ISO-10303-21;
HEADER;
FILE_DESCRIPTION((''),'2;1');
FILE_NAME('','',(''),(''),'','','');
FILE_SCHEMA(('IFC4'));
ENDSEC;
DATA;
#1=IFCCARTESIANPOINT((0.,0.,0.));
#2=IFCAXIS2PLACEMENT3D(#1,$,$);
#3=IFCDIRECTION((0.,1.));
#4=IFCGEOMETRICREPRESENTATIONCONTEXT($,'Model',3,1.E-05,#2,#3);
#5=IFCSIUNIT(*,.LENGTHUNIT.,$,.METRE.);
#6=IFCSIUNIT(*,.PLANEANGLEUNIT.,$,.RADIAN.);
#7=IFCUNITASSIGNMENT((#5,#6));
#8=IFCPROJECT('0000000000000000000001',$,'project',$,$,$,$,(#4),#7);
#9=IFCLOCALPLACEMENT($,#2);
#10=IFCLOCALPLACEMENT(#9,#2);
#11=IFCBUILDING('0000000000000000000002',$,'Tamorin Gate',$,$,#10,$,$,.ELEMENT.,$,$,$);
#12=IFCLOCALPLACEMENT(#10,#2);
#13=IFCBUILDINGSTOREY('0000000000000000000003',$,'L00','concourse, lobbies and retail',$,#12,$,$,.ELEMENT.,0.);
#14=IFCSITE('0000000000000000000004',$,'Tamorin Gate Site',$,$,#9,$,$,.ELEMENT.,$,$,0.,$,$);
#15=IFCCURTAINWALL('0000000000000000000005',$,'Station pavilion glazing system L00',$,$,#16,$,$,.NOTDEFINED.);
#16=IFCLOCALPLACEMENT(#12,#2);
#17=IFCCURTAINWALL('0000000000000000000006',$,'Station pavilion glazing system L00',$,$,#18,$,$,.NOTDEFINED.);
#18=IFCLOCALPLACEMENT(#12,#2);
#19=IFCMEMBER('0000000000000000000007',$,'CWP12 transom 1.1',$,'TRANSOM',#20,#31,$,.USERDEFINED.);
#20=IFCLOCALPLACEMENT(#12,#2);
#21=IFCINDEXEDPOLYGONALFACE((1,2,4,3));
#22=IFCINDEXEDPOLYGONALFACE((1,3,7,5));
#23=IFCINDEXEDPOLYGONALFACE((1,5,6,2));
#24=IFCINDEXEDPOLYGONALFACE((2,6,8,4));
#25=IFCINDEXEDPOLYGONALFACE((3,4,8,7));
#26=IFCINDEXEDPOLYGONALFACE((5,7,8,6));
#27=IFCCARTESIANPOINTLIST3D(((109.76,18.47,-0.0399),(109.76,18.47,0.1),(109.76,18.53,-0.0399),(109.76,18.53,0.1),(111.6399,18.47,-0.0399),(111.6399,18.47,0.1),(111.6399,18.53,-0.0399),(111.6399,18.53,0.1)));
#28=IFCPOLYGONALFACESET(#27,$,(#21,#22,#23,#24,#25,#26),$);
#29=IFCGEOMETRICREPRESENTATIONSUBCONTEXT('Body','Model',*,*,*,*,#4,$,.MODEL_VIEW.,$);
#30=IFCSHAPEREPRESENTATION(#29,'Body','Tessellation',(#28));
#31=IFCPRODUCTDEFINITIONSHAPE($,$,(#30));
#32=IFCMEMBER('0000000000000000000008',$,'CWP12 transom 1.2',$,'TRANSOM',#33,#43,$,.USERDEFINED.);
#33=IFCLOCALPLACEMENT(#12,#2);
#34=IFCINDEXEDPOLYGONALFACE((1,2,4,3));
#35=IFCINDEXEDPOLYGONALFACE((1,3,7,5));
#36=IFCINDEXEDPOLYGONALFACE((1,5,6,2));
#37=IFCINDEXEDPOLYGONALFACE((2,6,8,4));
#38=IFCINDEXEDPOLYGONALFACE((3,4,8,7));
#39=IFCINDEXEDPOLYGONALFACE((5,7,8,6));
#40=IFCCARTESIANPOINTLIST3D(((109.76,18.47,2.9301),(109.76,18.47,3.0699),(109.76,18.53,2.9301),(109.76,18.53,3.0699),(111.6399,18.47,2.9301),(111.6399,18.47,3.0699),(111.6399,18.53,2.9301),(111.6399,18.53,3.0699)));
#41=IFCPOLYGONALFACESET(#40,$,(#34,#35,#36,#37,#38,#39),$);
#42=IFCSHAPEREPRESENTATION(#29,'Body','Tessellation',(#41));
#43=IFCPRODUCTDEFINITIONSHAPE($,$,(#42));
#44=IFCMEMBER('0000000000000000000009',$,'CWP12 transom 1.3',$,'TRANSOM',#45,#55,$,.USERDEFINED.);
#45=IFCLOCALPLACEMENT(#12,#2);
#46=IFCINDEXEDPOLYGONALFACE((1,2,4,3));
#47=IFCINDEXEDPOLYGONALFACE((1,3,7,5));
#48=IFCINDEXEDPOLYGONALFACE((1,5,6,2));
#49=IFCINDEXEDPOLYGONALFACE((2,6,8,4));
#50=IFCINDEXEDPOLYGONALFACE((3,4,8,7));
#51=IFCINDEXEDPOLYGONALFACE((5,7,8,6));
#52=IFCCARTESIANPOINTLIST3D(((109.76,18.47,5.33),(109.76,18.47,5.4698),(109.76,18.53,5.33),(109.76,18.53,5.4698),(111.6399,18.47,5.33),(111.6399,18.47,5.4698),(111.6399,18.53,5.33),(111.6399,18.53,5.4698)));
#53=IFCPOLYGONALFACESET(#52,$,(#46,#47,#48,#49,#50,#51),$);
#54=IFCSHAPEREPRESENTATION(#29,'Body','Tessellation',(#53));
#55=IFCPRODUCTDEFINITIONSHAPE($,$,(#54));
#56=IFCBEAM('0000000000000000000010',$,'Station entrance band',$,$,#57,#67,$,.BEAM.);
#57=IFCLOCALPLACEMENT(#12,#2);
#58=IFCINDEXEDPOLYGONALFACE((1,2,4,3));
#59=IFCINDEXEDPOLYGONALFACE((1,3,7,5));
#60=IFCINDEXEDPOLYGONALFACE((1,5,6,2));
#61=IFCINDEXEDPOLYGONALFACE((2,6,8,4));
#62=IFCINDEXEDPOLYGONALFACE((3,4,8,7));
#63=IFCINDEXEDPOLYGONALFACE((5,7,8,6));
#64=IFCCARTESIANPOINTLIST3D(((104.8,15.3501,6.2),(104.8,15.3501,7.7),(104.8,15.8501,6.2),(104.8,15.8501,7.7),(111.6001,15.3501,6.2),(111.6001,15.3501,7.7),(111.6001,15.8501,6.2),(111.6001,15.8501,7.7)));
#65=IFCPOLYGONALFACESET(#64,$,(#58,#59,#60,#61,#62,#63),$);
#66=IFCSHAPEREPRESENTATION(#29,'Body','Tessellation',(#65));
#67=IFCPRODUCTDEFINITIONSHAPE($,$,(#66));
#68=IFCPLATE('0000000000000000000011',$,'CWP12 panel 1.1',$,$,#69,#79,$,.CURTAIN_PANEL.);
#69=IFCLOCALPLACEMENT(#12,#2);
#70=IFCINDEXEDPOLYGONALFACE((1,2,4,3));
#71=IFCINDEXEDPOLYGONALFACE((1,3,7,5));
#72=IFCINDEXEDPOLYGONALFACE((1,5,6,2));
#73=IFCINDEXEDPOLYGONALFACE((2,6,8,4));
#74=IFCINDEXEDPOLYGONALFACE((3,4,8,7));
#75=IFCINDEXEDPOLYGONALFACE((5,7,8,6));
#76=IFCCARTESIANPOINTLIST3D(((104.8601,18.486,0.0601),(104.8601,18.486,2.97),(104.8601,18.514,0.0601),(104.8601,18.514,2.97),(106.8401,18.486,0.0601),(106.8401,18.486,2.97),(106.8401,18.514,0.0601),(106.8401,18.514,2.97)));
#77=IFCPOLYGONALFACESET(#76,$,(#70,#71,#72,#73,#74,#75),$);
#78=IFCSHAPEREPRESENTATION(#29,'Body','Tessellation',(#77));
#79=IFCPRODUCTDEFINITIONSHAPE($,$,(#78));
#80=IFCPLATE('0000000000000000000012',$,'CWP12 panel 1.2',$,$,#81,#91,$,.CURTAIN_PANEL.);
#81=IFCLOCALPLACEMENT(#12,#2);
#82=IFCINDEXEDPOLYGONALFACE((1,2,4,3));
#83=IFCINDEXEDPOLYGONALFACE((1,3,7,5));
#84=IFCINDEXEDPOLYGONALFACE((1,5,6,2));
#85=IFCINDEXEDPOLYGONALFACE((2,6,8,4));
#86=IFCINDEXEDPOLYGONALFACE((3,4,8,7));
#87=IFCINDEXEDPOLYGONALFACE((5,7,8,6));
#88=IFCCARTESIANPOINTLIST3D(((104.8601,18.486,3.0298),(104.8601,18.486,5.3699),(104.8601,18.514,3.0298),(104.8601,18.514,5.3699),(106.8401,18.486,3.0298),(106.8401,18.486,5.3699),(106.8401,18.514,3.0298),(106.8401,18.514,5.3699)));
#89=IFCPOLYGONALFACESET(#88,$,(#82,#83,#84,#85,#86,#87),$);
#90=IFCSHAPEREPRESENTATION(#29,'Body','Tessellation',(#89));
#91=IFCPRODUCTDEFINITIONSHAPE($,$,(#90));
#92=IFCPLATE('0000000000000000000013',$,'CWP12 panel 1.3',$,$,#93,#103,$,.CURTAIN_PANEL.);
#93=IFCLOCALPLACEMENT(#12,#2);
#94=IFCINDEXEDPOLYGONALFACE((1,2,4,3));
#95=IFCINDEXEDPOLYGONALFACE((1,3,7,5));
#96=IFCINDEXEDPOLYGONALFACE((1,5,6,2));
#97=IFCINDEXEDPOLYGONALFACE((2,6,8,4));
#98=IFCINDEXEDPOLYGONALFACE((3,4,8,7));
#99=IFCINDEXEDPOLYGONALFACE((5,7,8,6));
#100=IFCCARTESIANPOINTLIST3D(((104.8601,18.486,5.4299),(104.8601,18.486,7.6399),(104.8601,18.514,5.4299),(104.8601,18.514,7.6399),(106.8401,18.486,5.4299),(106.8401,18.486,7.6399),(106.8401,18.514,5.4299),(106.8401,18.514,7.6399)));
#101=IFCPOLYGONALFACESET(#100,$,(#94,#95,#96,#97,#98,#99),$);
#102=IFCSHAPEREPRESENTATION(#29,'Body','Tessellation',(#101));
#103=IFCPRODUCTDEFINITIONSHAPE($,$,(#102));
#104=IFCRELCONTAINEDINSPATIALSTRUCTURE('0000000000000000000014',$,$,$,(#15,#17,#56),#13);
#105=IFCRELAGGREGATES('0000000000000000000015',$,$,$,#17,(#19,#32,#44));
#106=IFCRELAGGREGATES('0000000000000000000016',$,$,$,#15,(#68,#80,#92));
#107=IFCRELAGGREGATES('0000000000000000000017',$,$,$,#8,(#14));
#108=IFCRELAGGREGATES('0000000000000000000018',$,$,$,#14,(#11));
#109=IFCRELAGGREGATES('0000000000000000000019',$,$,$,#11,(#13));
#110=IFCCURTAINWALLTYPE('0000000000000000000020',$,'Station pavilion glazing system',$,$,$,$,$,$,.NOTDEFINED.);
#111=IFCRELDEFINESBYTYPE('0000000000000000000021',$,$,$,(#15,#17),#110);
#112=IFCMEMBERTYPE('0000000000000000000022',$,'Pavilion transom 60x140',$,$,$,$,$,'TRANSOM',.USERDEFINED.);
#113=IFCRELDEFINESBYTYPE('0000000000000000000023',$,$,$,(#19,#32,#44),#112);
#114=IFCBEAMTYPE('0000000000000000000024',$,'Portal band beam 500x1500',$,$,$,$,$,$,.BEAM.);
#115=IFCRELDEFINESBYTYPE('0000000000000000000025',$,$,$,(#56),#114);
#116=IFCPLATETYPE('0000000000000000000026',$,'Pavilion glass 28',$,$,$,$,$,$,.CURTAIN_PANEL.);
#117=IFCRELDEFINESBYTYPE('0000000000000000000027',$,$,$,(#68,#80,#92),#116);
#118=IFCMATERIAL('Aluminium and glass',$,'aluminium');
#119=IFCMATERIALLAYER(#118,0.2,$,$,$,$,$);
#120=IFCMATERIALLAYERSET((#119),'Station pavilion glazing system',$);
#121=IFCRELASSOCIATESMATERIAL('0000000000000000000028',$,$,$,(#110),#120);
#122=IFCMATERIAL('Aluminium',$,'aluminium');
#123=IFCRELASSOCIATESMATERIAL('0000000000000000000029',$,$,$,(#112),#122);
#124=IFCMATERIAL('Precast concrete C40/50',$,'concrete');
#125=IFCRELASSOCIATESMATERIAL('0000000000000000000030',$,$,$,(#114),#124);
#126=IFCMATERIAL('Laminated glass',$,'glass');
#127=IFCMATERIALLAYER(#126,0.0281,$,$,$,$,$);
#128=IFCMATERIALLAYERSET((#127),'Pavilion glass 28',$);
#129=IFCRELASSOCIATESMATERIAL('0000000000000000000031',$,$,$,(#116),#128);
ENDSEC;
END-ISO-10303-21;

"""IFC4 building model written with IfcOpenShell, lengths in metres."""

from ifc_helpers import new_model, si_unit, direction, frame, origin, origin_2d, place, context, subcontext, project, spatial, rectangle, extrude, material, layer, layer_set, material_profile, profile_set, type_object, element, aggregate, save


model = new_model("IFC4")

# Units and contexts
model_context = context("Model", 3, precision=1e-05, world=origin(), true_north=direction((0.0, 1.0)))
body_context = subcontext(model_context, "Body", "Model", "MODEL_VIEW")
ifc_project = project(units=[si_unit("LENGTHUNIT", "METRE"), si_unit("PLANEANGLEUNIT", "RADIAN")], contexts=[model_context])

# Site, building, storey
site_placement = place(None, origin())
site = spatial("IfcSite", under=ifc_project, at=site_placement, Name="Tamorin Gate Site", CompositionType="ELEMENT", RefElevation=0.0)
building_placement = place(site_placement, origin())
building = spatial("IfcBuilding", under=site, at=building_placement, Name="Tamorin Gate", CompositionType="ELEMENT")
storey_placement = place(building_placement, origin())
storey = spatial("IfcBuildingStorey", under=building, at=storey_placement, Name="L00", Description="concourse, lobbies and retail", CompositionType="ELEMENT", Elevation=0.0)

# Shared definitions
ifc_material_1 = material(Name="Aluminium and glass", Category="aluminium")
ifc_layer_1 = layer(ifc_material_1, 0.2)
ifc_layer_set_1 = layer_set([ifc_layer_1], Name="Station pavilion glazing system")
curtain_wall_type = type_object("IfcCurtainWallType", Name="Station pavilion glazing system", PredefinedType="NOTDEFINED", material=ifc_layer_set_1)
ifc_material_2 = material(Name="Aluminium", Category="aluminium")

# Curtain wall
curtain_wall_1_placement = place(storey_placement, origin())
curtain_wall_1 = element("IfcCurtainWall", 1, at=curtain_wall_1_placement, inside=storey, type_object=curtain_wall_type, Name="Station pavilion glazing system L00", PredefinedType="NOTDEFINED")

# Curtain wall
curtain_wall_2_placement = place(storey_placement, origin())
curtain_wall_2 = element("IfcCurtainWall", 2, at=curtain_wall_2_placement, inside=storey, type_object=curtain_wall_type, Name="Station pavilion glazing system L00", PredefinedType="NOTDEFINED")

# Members
ifc_material_profile_1 = material_profile(ifc_material_2, rectangle(XDim=0.0601, YDim=0.1399, at=origin_2d()), Name="RECT 60x140")
ifc_profile_set_1 = profile_set([ifc_material_profile_1], Name="Aluminium")
member_type_1 = type_object("IfcMemberType", Name="Pavilion transom 60x140", ElementType="TRANSOM", PredefinedType="USERDEFINED", material=ifc_profile_set_1)
member_1_placement = place(storey_placement, frame((109.76, 18.5, 0.03), z_axis=(1.0, 0.0, 0.0), x_axis=(0.0, 1.0, 0.0)))
member_1 = element("IfcMember", 3, at=member_1_placement, type_object=member_type_1, Name="CWP12 transom 1.1", ObjectType="TRANSOM", PredefinedType="USERDEFINED", context=body_context, shape_type="SweptSolid", body=[
    extrude(rectangle(XDim=0.0601, YDim=0.1399, at=origin_2d()), origin(), (0.0, 0.0, 1.0), 1.8799),
])
member_2_placement = place(storey_placement, frame((109.76, 18.5, 3.0), z_axis=(1.0, 0.0, 0.0), x_axis=(0.0, 1.0, 0.0)))
member_2 = element("IfcMember", 4, at=member_2_placement, type_object=member_type_1, Name="CWP12 transom 1.2", ObjectType="TRANSOM", PredefinedType="USERDEFINED", context=body_context, shape_type="SweptSolid", body=[
    extrude(rectangle(XDim=0.0601, YDim=0.1399, at=origin_2d()), origin(), (0.0, 0.0, 1.0), 1.8799),
])
member_3_placement = place(storey_placement, frame((109.76, 18.5, 5.3999), z_axis=(1.0, 0.0, 0.0), x_axis=(0.0, 1.0, 0.0)))
member_3 = element("IfcMember", 5, at=member_3_placement, type_object=member_type_1, Name="CWP12 transom 1.3", ObjectType="TRANSOM", PredefinedType="USERDEFINED", context=body_context, shape_type="SweptSolid", body=[
    extrude(rectangle(XDim=0.0601, YDim=0.1399, at=origin_2d()), origin(), (0.0, 0.0, 1.0), 1.8799),
])
aggregate(curtain_wall_2, [member_1, member_2, member_3])

# Beam
ifc_material_3 = material(Name="Precast concrete C40/50", Category="concrete")
ifc_material_profile_2 = material_profile(ifc_material_3, rectangle(XDim=0.5, YDim=1.5, at=origin_2d()), Name="RC 500x1500")
ifc_profile_set_2 = profile_set([ifc_material_profile_2], Name="Precast concrete C40/50")
beam_type = type_object("IfcBeamType", Name="Portal band beam 500x1500", PredefinedType="BEAM", material=ifc_profile_set_2)
beam_placement = place(storey_placement, frame((104.8, 15.6001, 6.95), z_axis=(1.0, 0.0, 0.0), x_axis=(0.0, 1.0, 0.0)))
element("IfcBeam", 6, at=beam_placement, inside=storey, type_object=beam_type, Name="Station entrance band", PredefinedType="BEAM", context=body_context, shape_type="SweptSolid", body=[
    extrude(rectangle(XDim=0.5, YDim=1.5, at=origin_2d()), origin(), (0.0, 0.0, 1.0), 6.8),
])

# Plates
ifc_material_4 = material(Name="Laminated glass", Category="glass")
ifc_layer_2 = layer(ifc_material_4, 0.0281)
ifc_layer_set_2 = layer_set([ifc_layer_2], Name="Pavilion glass 28")
plate_type = type_object("IfcPlateType", Name="Pavilion glass 28", PredefinedType="CURTAIN_PANEL", material=ifc_layer_set_2)
plate_1_placement = place(storey_placement, frame((105.8501, 18.5, 0.0601), z_axis=(0.0, 0.0, 1.0), x_axis=(1.0, 0.0, 0.0)))
plate_1 = element("IfcPlate", 7, at=plate_1_placement, type_object=plate_type, Name="CWP12 panel 1.1", PredefinedType="CURTAIN_PANEL", context=body_context, shape_type="SweptSolid", body=[
    extrude(rectangle(XDim=1.98, YDim=0.0281, at=origin_2d()), origin(), (0.0, 0.0, 1.0), 2.9099),
])
plate_2_placement = place(storey_placement, frame((105.8501, 18.5, 3.0298), z_axis=(0.0, 0.0, 1.0), x_axis=(1.0, 0.0, 0.0)))
plate_2 = element("IfcPlate", 8, at=plate_2_placement, type_object=plate_type, Name="CWP12 panel 1.2", PredefinedType="CURTAIN_PANEL", context=body_context, shape_type="SweptSolid", body=[
    extrude(rectangle(XDim=1.98, YDim=0.0281, at=origin_2d()), origin(), (0.0, 0.0, 1.0), 2.3401),
])
plate_3_placement = place(storey_placement, frame((105.8501, 18.5, 5.4299), z_axis=(0.0, 0.0, 1.0), x_axis=(1.0, 0.0, 0.0)))
plate_3 = element("IfcPlate", 9, at=plate_3_placement, type_object=plate_type, Name="CWP12 panel 1.3", PredefinedType="CURTAIN_PANEL", context=body_context, shape_type="SweptSolid", body=[
    extrude(rectangle(XDim=1.98, YDim=0.0281, at=origin_2d()), origin(), (0.0, 0.0, 1.0), 2.21),
])
aggregate(curtain_wall_1, [plate_1, plate_2, plate_3])

save(model, "model.ifc")
